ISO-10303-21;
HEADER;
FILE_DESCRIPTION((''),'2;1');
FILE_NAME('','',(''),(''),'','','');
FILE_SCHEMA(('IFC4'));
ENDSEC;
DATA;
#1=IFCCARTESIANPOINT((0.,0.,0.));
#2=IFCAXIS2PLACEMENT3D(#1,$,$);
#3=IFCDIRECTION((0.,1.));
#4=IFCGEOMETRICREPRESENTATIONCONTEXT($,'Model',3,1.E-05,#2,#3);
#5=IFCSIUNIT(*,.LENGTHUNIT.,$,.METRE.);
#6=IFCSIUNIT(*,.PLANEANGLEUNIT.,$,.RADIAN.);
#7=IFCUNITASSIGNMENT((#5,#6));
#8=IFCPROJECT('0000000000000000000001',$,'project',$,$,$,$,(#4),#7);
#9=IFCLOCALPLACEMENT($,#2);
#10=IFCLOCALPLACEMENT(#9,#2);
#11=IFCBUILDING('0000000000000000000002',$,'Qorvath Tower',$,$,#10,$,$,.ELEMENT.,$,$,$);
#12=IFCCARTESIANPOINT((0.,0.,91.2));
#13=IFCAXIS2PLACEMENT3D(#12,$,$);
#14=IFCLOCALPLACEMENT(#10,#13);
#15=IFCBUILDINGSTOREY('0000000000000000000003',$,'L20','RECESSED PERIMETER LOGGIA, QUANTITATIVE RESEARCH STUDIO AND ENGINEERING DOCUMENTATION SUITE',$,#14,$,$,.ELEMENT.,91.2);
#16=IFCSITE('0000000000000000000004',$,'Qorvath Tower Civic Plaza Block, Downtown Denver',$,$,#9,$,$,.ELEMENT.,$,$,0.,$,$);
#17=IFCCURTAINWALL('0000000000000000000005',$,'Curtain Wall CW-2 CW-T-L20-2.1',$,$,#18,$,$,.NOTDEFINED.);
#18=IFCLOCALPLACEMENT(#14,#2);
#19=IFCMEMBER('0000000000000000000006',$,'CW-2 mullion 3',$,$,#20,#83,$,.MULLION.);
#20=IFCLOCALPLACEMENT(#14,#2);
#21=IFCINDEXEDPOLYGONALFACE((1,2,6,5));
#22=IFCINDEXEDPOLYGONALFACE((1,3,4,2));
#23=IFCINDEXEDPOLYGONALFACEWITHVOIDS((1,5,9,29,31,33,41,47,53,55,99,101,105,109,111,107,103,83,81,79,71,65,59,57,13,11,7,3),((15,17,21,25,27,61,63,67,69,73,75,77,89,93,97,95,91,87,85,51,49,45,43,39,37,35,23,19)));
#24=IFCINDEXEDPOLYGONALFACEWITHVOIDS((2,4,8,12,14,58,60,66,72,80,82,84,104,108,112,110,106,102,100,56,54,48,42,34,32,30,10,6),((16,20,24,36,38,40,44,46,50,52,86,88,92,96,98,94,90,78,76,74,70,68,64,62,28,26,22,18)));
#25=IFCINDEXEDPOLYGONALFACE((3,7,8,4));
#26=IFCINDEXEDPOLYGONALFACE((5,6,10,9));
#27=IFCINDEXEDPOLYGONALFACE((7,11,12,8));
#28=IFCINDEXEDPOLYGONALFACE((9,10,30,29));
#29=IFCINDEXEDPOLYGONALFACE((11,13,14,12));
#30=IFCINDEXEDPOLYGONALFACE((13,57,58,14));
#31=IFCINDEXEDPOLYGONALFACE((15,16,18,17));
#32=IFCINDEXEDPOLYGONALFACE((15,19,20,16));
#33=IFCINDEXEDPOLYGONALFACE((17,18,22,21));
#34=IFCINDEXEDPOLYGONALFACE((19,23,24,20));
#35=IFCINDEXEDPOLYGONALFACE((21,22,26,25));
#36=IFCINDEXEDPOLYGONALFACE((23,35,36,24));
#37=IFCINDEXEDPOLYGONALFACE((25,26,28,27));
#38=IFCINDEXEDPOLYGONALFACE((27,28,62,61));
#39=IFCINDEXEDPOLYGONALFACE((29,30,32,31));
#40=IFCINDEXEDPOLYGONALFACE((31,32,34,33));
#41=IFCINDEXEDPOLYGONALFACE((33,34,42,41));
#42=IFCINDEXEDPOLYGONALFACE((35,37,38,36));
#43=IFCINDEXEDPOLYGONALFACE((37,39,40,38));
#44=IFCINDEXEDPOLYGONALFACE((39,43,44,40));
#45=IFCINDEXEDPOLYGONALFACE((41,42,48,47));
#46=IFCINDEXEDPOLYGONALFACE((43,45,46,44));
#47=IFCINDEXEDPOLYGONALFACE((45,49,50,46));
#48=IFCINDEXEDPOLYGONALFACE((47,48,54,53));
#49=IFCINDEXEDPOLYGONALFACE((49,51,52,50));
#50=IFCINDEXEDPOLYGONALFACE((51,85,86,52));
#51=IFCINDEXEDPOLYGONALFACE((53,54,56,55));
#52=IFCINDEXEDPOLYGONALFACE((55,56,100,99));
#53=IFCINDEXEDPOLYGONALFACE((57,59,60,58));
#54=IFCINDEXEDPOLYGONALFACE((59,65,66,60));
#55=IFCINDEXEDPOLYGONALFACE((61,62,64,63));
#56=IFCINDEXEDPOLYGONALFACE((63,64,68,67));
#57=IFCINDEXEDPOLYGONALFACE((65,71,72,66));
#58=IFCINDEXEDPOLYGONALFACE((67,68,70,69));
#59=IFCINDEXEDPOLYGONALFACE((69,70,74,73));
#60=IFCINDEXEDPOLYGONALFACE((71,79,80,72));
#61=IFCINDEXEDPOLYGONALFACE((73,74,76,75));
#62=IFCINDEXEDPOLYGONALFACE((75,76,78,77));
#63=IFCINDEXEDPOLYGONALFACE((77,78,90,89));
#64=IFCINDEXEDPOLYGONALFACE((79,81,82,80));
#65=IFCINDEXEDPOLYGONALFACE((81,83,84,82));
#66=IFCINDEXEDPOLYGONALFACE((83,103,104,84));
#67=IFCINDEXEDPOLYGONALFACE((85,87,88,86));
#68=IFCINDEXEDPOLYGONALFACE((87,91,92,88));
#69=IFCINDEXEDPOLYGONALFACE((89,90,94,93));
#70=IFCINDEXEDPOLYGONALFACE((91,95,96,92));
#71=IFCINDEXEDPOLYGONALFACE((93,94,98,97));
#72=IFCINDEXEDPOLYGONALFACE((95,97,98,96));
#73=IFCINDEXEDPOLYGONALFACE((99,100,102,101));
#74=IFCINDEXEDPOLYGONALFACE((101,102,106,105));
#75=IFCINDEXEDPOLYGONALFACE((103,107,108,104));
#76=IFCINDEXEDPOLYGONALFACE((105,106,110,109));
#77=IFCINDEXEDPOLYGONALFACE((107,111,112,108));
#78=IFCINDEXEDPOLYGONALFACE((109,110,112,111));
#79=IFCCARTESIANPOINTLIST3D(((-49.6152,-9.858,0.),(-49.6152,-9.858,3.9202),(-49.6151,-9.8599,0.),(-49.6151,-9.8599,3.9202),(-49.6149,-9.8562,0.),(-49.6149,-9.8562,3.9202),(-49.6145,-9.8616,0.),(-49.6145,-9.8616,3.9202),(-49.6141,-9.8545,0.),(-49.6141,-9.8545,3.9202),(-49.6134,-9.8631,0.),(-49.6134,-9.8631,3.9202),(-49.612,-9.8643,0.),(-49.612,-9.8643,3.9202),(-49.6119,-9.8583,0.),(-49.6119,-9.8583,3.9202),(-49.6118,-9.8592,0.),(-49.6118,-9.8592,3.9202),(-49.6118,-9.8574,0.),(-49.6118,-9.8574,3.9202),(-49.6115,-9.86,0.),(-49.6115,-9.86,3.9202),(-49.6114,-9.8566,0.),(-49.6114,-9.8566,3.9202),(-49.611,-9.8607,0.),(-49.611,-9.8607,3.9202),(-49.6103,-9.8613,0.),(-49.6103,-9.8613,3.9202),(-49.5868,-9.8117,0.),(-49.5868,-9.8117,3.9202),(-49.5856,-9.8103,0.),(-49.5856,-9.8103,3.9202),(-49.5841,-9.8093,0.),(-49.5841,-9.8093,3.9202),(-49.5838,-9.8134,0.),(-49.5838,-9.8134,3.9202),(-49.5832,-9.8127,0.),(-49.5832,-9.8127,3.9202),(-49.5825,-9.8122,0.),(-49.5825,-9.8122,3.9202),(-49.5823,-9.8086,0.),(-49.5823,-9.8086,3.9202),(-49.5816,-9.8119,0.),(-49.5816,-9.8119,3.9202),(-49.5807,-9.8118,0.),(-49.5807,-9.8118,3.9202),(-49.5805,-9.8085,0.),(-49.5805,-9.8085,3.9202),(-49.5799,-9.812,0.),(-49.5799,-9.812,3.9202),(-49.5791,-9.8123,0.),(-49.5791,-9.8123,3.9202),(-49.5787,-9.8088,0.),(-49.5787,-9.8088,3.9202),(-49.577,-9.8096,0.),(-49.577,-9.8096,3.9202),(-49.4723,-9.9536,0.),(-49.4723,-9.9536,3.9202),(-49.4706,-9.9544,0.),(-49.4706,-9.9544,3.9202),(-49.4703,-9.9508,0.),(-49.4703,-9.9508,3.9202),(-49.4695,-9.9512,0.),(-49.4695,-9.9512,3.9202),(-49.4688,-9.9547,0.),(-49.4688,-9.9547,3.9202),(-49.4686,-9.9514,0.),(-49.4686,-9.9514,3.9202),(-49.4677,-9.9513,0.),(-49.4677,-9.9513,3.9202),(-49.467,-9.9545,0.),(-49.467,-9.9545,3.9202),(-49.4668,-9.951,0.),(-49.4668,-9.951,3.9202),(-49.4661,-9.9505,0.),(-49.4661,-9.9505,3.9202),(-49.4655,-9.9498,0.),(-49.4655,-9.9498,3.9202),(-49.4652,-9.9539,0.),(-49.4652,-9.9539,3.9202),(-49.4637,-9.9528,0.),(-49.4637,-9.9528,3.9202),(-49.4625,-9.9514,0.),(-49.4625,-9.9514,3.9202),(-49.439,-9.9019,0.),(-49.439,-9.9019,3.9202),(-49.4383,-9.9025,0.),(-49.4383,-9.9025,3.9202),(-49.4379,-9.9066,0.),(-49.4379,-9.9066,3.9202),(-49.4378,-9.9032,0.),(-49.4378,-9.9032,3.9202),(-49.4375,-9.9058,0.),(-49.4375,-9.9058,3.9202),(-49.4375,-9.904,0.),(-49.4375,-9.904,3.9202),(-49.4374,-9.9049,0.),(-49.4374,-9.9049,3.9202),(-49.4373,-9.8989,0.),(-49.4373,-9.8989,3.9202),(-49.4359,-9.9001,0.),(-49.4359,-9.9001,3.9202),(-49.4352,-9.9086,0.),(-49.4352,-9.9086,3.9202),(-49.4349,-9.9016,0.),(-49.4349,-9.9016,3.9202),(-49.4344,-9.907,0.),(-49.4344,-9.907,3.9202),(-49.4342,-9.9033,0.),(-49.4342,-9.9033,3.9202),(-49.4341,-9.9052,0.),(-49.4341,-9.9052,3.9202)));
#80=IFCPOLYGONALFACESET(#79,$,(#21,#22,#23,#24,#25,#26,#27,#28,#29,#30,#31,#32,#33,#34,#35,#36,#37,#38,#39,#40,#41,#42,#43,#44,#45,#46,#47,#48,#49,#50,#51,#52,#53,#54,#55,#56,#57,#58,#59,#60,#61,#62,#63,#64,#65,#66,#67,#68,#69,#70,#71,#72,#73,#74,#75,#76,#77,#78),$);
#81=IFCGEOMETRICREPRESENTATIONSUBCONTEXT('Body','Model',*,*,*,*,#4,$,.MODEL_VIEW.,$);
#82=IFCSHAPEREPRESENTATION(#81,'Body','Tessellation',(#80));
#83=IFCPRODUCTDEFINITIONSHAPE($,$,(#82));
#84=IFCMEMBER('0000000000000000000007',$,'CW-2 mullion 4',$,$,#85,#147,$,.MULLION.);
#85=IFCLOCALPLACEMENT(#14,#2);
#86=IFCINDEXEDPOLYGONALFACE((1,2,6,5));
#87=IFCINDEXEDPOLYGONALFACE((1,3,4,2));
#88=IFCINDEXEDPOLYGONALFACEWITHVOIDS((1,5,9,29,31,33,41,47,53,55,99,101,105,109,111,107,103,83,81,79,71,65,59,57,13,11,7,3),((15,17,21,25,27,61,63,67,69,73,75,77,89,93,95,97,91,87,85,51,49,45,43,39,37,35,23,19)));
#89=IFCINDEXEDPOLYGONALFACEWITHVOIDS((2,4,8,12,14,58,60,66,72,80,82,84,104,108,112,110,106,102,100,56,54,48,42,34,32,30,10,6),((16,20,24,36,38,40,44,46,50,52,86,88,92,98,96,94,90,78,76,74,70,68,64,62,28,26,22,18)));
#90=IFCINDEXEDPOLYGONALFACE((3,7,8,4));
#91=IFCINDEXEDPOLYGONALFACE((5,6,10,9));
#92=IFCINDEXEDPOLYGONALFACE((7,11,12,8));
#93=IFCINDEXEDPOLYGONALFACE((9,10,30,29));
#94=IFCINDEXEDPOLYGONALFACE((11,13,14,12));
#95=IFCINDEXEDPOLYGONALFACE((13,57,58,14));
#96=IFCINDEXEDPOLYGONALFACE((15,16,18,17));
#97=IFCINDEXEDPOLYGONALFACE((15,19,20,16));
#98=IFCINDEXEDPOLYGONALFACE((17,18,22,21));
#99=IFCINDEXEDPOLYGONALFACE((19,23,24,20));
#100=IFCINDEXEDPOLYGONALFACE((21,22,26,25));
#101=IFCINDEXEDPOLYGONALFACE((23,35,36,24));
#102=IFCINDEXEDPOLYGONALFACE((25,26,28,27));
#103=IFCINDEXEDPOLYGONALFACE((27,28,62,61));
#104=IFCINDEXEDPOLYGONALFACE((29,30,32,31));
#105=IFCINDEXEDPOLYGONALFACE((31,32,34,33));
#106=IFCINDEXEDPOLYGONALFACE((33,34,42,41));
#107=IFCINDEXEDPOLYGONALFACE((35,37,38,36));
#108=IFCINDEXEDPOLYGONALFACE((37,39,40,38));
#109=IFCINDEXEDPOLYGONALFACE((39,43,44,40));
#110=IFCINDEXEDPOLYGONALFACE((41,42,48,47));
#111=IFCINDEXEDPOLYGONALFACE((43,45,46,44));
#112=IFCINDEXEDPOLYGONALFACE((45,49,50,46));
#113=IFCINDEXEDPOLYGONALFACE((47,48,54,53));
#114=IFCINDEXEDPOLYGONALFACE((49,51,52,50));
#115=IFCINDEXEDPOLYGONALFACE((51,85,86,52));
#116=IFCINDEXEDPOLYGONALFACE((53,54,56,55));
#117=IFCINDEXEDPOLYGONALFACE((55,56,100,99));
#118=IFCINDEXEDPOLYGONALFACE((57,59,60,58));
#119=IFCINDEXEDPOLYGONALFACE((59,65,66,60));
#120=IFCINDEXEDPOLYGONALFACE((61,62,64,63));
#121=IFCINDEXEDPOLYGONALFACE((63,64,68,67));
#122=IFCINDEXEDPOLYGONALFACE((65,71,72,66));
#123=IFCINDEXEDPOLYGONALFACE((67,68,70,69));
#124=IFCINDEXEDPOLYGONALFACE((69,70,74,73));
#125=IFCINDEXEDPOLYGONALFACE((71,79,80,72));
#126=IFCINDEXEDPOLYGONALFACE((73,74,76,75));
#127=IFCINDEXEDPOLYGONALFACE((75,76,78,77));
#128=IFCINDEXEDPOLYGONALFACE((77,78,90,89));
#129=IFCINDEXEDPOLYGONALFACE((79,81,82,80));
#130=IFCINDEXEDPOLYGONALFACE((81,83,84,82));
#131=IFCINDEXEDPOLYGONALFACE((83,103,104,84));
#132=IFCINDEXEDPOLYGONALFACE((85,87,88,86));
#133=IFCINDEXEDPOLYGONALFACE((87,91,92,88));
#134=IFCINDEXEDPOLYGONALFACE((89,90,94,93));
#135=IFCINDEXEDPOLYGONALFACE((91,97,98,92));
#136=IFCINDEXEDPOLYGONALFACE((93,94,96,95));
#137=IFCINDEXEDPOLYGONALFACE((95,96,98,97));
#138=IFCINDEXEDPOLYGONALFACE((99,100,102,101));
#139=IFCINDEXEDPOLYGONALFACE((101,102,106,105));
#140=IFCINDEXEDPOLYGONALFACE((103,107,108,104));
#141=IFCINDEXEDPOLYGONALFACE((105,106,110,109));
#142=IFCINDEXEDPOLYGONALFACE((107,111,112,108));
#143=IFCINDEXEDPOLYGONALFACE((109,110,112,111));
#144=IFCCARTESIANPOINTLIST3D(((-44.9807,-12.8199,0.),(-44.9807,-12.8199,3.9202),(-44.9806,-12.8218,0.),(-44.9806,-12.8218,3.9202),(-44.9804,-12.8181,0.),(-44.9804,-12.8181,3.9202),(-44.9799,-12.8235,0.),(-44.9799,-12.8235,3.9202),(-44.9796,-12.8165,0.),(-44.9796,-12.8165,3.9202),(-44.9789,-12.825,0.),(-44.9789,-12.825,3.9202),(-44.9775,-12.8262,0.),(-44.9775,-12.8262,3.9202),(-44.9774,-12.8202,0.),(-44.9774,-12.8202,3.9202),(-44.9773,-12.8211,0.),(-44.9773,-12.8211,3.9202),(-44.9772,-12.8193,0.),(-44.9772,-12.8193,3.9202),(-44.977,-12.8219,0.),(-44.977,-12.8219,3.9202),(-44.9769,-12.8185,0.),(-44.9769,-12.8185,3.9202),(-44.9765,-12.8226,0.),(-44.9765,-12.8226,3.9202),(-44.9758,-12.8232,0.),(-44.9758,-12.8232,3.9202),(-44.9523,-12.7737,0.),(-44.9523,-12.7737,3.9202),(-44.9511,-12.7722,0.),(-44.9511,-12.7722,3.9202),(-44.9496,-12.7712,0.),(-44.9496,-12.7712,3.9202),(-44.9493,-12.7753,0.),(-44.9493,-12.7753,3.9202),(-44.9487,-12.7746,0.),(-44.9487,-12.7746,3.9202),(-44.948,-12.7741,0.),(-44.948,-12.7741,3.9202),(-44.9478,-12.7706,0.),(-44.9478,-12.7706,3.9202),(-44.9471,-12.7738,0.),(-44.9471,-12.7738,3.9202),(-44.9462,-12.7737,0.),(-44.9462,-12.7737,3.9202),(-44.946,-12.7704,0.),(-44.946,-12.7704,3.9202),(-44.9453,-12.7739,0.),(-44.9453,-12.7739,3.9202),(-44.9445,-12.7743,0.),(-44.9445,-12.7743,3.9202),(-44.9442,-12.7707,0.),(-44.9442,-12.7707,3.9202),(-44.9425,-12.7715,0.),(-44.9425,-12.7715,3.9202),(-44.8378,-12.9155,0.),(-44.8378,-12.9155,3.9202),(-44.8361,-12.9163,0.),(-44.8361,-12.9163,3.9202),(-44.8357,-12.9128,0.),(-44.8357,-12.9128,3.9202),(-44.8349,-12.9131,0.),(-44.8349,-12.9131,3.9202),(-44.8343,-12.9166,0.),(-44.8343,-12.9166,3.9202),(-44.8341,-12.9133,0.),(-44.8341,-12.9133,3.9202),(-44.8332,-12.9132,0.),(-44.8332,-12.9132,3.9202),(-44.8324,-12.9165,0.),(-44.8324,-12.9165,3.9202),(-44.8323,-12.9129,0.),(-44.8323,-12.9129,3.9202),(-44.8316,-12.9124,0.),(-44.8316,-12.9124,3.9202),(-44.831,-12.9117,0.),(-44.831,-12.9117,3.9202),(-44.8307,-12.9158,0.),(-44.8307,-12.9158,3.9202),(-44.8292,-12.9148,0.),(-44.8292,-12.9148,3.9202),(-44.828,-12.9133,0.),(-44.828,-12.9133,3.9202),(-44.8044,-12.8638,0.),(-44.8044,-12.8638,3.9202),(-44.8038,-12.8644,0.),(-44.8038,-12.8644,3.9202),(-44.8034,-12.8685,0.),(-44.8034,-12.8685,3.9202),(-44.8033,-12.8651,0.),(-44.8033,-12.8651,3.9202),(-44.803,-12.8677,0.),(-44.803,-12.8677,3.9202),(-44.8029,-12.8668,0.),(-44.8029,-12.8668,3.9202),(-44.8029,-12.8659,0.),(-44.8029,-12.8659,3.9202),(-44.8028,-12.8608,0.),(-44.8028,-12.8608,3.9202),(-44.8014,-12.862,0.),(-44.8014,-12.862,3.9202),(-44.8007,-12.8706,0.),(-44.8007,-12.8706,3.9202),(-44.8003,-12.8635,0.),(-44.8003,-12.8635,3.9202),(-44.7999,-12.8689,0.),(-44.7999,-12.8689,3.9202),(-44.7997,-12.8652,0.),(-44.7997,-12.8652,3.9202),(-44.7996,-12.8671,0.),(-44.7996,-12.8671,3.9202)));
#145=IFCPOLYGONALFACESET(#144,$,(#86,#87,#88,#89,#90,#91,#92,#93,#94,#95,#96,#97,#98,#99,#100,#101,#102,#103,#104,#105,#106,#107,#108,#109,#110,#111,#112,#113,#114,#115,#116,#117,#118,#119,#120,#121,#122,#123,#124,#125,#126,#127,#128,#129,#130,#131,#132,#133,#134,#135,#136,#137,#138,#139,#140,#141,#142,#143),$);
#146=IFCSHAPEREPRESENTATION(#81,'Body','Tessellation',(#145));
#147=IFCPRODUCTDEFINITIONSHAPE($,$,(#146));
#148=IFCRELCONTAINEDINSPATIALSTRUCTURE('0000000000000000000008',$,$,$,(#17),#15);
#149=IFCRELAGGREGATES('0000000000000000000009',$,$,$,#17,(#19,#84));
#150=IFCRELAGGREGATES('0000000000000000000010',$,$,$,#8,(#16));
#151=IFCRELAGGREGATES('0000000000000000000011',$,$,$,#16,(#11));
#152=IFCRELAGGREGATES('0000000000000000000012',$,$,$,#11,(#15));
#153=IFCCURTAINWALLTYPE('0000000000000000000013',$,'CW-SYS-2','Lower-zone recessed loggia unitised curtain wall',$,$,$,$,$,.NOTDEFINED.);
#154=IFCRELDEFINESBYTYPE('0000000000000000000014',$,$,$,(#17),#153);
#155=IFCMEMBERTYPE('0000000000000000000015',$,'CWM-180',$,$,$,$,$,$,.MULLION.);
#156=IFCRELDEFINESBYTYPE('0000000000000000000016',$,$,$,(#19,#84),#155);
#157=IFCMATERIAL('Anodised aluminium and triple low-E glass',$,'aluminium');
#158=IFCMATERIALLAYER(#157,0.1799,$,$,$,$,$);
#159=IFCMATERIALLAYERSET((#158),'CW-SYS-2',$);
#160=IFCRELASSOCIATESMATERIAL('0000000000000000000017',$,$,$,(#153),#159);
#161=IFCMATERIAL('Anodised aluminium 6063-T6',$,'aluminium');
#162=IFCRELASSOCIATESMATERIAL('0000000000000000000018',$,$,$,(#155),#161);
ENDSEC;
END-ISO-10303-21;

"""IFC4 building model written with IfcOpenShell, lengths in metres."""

from ifc_helpers import new_model, si_unit, direction, frame, origin, origin_2d, place, context, subcontext, project, spatial, hollow_rectangle, extrude, material, layer, layer_set, material_profile, profile_set, type_object, element, aggregate, save


model = new_model("IFC4")

# Units and contexts
model_context = context("Model", 3, precision=1e-05, world=origin(), true_north=direction((0.0, 1.0)))
body_context = subcontext(model_context, "Body", "Model", "MODEL_VIEW")
ifc_project = project(units=[si_unit("LENGTHUNIT", "METRE"), si_unit("PLANEANGLEUNIT", "RADIAN")], contexts=[model_context])

# Site, building, storey
site_placement = place(None, origin())
site = spatial("IfcSite", under=ifc_project, at=site_placement, Name="Qorvath Tower Civic Plaza Block, Downtown Denver", CompositionType="ELEMENT", RefElevation=0.0)
building_placement = place(site_placement, origin())
building = spatial("IfcBuilding", under=site, at=building_placement, Name="Qorvath Tower", CompositionType="ELEMENT")
storey_placement = place(building_placement, frame((0.0, 0.0, 91.2)))
storey = spatial("IfcBuildingStorey", under=building, at=storey_placement, Name="L20", Description="RECESSED PERIMETER LOGGIA, QUANTITATIVE RESEARCH STUDIO AND ENGINEERING DOCUMENTATION SUITE", CompositionType="ELEMENT", Elevation=91.2)

# Curtain wall, members
ifc_material_1 = material(Name="Anodised aluminium and triple low-E glass", Category="aluminium")
ifc_layer_1 = layer(ifc_material_1, 0.1799)
ifc_layer_set_1 = layer_set([ifc_layer_1], Name="CW-SYS-2")
curtain_wall_type = type_object("IfcCurtainWallType", Name="CW-SYS-2", Description="Lower-zone recessed loggia unitised curtain wall", PredefinedType="NOTDEFINED", material=ifc_layer_set_1)
curtain_wall_placement = place(storey_placement, origin())
curtain_wall = element("IfcCurtainWall", 1, at=curtain_wall_placement, inside=storey, type_object=curtain_wall_type, Name="Curtain Wall CW-2 CW-T-L20-2.1", PredefinedType="NOTDEFINED")
ifc_material_2 = material(Name="Anodised aluminium 6063-T6", Category="aluminium")
ifc_material_profile_1 = material_profile(ifc_material_2, hollow_rectangle(XDim=0.0649, YDim=0.1799, WallThickness=0.0034, InnerFilletRadius=0.0034, OuterFilletRadius=0.0071, at=origin_2d()), Name="CWM 180x65")
ifc_profile_set_1 = profile_set([ifc_material_profile_1], Name="Anodised aluminium 6063-T6")
member_type_1 = type_object("IfcMemberType", Name="CWM-180", PredefinedType="MULLION", material=ifc_profile_set_1)
member_1_placement = place(storey_placement, frame((-49.5247, -9.8816, 0.0), z_axis=(0.0, 0.0, 1.0), x_axis=(0.538529, 0.842607, 0.0)))
member_1 = element("IfcMember", 2, at=member_1_placement, type_object=member_type_1, Name="CW-2 mullion 3", PredefinedType="MULLION", context=body_context, shape_type="SweptSolid", body=[
    extrude(hollow_rectangle(XDim=0.0649, YDim=0.1799, WallThickness=0.0034, InnerFilletRadius=0.0034, OuterFilletRadius=0.0071, at=origin_2d()), origin(), (0.0, 0.0, 1.0), 3.9202),
])
member_2_placement = place(storey_placement, frame((-44.8901, -12.8435, 0.0), z_axis=(0.0, 0.0, 1.0), x_axis=(0.538529, 0.842607, 0.0)))
member_2 = element("IfcMember", 3, at=member_2_placement, type_object=member_type_1, Name="CW-2 mullion 4", PredefinedType="MULLION", context=body_context, shape_type="SweptSolid", body=[
    extrude(hollow_rectangle(XDim=0.0649, YDim=0.1799, WallThickness=0.0034, InnerFilletRadius=0.0034, OuterFilletRadius=0.0071, at=origin_2d()), origin(), (0.0, 0.0, 1.0), 3.9202),
])
aggregate(curtain_wall, [member_1, member_2])

save(model, "model.ifc")
